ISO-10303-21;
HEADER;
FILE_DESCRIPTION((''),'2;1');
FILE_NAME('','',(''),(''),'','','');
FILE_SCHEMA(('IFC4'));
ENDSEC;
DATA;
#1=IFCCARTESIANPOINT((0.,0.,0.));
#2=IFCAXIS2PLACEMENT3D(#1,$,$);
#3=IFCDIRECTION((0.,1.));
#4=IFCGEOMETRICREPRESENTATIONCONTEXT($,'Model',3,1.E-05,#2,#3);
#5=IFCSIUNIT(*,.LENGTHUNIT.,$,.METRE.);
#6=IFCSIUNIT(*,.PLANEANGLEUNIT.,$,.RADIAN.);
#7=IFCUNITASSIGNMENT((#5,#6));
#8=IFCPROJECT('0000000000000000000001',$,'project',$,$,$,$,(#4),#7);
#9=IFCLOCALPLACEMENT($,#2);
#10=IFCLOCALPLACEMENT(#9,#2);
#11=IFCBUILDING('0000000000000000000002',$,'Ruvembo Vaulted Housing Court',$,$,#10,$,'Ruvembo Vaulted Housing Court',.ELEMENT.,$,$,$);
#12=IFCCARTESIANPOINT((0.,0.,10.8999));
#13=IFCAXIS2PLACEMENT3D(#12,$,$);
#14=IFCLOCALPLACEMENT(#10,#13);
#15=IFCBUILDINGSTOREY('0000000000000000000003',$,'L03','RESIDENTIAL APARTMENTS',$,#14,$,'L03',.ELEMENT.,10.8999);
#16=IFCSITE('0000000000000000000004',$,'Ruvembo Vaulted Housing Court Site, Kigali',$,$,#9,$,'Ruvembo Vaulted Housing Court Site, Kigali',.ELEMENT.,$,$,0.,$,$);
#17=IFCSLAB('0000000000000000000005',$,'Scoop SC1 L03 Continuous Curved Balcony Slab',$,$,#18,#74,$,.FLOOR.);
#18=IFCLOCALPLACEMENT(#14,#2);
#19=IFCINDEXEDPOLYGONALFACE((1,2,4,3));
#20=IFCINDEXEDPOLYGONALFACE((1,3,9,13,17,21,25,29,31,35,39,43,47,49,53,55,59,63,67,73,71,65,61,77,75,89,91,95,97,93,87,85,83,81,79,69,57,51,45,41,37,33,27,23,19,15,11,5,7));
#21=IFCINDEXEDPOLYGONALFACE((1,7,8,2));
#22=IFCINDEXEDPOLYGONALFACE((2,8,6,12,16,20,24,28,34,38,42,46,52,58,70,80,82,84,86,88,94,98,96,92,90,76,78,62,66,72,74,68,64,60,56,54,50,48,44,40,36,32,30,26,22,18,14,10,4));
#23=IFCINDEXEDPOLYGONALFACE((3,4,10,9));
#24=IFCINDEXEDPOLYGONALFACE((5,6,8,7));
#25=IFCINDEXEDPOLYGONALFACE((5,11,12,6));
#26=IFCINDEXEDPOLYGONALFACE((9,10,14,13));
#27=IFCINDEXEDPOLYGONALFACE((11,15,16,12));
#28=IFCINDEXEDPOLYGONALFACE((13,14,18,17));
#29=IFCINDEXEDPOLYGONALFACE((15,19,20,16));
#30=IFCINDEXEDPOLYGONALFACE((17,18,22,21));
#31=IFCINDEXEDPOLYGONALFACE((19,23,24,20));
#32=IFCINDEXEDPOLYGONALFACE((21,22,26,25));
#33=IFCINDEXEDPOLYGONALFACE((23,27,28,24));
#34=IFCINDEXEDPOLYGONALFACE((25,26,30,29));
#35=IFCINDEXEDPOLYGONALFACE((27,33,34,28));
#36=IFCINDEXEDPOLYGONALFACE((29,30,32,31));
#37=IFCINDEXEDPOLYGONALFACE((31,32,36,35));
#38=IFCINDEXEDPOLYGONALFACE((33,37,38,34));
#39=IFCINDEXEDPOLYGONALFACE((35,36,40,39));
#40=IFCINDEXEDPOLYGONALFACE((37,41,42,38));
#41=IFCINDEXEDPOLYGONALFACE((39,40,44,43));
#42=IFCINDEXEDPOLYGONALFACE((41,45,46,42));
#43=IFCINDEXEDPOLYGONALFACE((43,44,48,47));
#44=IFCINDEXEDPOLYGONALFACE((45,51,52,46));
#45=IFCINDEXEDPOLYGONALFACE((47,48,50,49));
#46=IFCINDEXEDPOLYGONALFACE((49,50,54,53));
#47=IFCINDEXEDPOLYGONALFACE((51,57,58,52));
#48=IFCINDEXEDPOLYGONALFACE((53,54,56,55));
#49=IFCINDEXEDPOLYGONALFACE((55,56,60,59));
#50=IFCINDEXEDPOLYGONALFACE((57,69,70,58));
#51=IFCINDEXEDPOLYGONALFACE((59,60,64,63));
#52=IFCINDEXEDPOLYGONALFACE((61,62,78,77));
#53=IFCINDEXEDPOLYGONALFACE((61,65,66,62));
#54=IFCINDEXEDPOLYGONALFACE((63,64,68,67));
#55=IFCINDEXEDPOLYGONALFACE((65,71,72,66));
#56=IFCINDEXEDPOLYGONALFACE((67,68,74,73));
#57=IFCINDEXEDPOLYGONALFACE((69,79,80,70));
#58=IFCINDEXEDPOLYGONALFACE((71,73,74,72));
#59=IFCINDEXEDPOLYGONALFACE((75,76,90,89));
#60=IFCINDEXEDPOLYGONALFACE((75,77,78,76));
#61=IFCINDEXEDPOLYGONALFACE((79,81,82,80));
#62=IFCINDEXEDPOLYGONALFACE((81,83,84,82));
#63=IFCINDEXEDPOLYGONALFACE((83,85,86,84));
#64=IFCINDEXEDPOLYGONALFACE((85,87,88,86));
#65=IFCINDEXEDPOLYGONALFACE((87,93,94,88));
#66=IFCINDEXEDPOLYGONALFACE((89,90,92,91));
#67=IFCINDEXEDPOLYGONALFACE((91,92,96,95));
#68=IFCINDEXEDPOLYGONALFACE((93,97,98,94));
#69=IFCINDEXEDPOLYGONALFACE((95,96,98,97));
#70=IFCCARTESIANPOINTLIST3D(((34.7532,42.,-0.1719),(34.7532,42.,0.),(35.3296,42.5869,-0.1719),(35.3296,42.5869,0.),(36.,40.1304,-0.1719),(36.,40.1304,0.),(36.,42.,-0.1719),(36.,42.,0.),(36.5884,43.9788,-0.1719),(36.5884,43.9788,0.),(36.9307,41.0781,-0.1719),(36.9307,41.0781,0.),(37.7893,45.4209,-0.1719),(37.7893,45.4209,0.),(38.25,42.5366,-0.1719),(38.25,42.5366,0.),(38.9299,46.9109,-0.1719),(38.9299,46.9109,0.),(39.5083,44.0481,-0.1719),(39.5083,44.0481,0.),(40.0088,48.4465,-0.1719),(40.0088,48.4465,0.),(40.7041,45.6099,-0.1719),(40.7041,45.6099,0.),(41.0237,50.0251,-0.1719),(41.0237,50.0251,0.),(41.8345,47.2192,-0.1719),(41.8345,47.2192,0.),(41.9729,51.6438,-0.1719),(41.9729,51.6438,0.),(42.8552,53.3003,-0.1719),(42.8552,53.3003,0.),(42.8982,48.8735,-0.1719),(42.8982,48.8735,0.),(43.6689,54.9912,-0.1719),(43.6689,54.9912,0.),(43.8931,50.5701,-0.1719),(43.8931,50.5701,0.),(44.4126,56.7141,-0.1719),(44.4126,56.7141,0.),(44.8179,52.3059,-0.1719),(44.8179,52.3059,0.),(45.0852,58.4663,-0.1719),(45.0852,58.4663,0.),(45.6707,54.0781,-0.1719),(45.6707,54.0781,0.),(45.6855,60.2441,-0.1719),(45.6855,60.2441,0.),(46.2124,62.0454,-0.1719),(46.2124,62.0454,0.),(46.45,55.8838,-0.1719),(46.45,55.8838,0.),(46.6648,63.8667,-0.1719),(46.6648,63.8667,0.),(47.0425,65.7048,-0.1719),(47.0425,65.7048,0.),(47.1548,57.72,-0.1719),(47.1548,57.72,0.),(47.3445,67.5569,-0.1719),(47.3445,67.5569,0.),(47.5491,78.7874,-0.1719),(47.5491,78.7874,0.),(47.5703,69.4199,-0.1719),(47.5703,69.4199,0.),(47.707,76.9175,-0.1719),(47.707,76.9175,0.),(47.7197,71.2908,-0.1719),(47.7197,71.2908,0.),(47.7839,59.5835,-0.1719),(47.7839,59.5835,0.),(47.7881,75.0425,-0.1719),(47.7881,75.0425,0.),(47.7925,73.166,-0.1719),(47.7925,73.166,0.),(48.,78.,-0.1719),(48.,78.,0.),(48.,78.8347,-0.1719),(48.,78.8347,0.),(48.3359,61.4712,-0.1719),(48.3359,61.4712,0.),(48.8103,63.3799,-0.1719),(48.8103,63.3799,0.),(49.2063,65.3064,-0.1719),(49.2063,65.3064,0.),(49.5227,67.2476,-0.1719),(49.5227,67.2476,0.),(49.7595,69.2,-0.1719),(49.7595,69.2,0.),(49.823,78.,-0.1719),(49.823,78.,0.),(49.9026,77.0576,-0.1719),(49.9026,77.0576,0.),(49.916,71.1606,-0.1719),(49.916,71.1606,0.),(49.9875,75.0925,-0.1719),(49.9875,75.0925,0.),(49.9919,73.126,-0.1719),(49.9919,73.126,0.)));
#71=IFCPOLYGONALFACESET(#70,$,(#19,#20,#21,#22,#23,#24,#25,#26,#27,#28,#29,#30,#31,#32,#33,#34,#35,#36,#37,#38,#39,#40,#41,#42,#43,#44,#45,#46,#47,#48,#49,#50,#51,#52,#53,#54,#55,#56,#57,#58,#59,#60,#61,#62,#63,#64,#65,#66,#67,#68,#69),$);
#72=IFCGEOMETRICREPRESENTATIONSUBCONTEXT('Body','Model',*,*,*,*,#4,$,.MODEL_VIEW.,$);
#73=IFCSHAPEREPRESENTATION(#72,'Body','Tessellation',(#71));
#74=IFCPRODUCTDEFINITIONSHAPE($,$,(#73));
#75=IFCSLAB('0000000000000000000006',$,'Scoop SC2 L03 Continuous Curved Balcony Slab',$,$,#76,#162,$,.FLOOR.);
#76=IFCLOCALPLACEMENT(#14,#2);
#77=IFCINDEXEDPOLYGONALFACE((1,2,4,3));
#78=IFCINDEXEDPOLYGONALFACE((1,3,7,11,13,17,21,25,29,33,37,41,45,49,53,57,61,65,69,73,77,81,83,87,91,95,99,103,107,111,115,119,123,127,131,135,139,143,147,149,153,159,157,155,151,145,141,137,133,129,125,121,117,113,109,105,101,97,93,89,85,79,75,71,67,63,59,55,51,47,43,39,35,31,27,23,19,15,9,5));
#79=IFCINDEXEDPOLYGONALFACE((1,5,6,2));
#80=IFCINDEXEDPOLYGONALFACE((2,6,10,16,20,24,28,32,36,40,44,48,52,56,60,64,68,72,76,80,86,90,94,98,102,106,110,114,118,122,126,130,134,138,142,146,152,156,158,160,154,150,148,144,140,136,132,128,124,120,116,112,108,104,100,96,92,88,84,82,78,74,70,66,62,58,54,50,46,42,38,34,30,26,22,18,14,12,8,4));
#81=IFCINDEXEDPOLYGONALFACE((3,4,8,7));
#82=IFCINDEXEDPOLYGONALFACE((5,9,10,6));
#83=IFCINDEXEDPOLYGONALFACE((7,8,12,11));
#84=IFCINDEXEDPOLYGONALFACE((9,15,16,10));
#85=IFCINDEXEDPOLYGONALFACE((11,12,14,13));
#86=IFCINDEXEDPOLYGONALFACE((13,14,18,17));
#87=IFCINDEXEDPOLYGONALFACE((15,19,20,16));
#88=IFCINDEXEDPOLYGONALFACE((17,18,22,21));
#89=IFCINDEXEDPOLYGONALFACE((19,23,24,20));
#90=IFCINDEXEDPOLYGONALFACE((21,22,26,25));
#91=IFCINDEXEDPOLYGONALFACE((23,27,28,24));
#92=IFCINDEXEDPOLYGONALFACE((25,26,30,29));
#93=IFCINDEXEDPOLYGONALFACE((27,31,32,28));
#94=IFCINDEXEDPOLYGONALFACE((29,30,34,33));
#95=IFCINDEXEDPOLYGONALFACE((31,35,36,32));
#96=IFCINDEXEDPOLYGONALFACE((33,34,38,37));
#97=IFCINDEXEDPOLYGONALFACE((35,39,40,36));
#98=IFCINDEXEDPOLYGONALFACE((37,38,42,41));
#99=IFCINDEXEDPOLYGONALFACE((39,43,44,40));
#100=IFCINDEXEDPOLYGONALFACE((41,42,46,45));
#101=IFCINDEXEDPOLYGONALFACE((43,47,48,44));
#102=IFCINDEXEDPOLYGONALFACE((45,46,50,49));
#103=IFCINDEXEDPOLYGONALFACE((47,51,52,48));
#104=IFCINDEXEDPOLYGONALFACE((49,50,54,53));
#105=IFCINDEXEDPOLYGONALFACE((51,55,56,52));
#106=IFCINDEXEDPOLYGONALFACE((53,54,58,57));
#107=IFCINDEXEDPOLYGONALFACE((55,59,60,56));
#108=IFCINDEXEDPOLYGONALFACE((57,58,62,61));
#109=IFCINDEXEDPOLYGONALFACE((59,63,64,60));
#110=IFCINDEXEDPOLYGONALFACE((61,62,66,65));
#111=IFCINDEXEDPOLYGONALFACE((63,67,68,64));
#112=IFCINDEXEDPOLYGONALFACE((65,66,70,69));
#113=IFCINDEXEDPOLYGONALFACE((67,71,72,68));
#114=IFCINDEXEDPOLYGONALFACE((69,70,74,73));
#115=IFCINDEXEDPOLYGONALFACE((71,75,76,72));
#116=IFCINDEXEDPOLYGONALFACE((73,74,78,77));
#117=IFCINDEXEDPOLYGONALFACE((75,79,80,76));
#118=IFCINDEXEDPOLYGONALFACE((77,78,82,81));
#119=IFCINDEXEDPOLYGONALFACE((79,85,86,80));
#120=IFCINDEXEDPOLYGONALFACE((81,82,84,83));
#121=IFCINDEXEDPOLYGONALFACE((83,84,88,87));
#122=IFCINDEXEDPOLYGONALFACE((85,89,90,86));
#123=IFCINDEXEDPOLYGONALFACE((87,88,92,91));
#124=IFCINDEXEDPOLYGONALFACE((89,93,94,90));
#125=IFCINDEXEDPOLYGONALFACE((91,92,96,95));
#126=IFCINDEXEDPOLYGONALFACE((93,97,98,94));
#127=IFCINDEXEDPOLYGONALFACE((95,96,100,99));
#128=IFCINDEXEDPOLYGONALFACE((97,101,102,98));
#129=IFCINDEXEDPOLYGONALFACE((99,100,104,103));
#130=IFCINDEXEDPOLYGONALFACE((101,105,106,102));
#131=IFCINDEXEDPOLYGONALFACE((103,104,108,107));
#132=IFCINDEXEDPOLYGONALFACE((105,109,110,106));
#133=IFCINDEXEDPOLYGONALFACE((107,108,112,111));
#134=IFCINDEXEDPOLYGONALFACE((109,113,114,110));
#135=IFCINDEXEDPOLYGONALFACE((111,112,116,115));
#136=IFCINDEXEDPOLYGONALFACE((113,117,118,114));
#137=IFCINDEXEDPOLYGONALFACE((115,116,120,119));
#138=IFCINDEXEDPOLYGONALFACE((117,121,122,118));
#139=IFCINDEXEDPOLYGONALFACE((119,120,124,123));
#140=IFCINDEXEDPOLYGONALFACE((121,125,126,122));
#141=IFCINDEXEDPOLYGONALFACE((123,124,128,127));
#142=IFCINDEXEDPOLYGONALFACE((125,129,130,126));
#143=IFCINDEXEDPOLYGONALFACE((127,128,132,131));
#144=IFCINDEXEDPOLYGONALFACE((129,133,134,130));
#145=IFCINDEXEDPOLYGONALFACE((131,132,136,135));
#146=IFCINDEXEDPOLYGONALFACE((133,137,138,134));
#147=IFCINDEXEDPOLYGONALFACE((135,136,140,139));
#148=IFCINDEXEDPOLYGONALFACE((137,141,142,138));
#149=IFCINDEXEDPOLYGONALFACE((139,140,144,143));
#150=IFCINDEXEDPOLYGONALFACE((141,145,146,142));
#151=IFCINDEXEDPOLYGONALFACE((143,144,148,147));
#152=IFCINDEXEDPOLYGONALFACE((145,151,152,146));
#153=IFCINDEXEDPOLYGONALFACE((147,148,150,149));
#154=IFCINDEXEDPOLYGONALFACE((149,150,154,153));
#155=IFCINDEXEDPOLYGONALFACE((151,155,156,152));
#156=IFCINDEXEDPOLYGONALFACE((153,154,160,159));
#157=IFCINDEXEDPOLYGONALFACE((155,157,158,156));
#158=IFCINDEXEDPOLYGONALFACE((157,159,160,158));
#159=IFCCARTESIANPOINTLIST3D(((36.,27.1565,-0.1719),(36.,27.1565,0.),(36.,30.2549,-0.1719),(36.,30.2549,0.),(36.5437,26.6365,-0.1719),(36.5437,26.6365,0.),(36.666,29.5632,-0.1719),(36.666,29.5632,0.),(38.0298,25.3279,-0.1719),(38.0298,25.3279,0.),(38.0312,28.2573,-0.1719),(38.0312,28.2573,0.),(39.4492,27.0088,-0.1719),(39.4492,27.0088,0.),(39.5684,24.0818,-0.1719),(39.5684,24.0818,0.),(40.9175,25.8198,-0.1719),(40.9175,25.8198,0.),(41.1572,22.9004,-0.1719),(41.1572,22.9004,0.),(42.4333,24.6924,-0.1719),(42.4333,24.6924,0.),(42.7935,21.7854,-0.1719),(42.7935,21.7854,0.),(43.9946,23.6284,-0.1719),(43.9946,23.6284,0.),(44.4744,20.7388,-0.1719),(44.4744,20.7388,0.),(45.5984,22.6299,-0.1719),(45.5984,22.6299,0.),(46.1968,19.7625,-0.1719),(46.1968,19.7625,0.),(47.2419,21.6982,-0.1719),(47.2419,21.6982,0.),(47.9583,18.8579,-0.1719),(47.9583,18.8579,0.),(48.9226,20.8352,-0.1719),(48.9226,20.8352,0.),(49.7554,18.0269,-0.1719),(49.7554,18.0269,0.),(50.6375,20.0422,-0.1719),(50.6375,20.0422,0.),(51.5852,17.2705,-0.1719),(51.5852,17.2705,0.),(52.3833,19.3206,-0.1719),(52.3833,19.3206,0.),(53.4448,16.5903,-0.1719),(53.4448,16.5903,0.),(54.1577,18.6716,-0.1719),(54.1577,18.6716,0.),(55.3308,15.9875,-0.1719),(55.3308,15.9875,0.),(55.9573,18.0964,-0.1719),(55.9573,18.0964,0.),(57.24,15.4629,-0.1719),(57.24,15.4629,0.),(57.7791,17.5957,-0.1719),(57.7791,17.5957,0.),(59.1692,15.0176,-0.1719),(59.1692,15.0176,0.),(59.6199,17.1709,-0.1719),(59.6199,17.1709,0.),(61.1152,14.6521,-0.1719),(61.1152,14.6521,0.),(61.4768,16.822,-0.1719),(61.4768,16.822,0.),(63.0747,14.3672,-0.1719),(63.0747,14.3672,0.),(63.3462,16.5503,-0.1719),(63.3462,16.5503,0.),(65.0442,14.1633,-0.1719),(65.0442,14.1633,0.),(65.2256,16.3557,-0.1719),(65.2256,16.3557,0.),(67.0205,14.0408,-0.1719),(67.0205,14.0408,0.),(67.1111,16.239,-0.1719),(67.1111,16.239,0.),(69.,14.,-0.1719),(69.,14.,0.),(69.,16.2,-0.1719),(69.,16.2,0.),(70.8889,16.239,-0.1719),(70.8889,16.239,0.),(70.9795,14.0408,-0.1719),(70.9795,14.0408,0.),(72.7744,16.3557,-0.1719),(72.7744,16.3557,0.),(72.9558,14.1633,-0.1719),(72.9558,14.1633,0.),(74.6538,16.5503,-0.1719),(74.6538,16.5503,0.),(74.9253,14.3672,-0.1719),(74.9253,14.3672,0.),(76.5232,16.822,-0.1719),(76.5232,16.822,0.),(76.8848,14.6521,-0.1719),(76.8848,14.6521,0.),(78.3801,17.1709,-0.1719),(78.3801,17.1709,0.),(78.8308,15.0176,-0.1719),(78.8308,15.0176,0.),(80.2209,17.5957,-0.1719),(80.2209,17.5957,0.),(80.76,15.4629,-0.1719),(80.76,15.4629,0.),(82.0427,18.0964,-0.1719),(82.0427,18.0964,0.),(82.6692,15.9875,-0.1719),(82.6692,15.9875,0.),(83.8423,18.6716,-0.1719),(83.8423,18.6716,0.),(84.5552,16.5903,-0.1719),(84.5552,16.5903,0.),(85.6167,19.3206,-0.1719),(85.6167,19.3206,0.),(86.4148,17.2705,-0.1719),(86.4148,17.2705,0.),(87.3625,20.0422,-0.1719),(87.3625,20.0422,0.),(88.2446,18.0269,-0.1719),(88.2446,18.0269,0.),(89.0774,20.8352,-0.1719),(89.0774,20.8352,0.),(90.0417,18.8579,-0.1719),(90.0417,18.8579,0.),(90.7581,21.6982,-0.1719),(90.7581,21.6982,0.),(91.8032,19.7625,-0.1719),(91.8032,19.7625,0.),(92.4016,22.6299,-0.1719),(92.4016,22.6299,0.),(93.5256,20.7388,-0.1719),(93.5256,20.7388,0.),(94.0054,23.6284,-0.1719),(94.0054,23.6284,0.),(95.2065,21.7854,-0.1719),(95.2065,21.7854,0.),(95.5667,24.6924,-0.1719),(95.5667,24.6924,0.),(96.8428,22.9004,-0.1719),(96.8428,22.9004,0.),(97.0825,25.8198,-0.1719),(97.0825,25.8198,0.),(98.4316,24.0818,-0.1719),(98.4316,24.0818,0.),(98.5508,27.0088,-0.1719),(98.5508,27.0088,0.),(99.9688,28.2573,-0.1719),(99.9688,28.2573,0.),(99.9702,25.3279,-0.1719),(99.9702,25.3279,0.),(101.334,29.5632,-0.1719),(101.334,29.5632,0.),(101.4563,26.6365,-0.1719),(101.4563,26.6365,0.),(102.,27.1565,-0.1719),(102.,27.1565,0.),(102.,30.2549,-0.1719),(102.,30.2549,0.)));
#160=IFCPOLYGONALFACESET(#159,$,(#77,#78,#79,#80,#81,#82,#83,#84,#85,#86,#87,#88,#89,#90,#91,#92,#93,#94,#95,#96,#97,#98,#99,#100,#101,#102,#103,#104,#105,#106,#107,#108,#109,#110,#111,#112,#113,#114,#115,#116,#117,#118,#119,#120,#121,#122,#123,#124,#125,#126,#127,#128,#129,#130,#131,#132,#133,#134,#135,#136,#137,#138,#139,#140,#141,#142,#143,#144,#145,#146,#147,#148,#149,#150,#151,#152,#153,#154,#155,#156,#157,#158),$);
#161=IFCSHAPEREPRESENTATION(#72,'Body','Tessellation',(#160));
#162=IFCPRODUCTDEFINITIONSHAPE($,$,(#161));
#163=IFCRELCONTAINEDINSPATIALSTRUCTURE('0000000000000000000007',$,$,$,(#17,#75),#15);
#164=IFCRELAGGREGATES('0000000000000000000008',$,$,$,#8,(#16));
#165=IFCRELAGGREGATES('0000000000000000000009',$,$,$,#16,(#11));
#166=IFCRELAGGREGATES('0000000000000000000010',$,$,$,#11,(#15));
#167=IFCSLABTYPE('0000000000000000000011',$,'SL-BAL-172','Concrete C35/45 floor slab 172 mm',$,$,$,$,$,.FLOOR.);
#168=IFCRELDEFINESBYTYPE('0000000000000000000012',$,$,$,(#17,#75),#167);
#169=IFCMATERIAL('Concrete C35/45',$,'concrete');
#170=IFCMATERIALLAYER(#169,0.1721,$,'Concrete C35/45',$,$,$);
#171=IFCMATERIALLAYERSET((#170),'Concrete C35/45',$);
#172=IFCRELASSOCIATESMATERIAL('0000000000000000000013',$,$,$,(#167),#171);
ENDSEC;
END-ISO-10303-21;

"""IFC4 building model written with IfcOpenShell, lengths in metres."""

from ifc_helpers import new_model, si_unit, direction, frame, origin, place, context, subcontext, project, spatial, polyline, outline, extrude, material, layer, layer_set, type_object, element, save


model = new_model("IFC4")

# Units and contexts
model_context = context("Model", 3, precision=1e-05, world=origin(), true_north=direction((0.0, 1.0)))
body_context = subcontext(model_context, "Body", "Model", "MODEL_VIEW")
ifc_project = project(units=[si_unit("LENGTHUNIT", "METRE"), si_unit("PLANEANGLEUNIT", "RADIAN")], contexts=[model_context])

# Site, building, storey
site_placement = place(None, origin())
site = spatial("IfcSite", under=ifc_project, at=site_placement, Name="Ruvembo Vaulted Housing Court Site, Kigali", LongName="Ruvembo Vaulted Housing Court Site, Kigali", CompositionType="ELEMENT", RefElevation=0.0)
building_placement = place(site_placement, origin())
building = spatial("IfcBuilding", under=site, at=building_placement, Name="Ruvembo Vaulted Housing Court", LongName="Ruvembo Vaulted Housing Court", CompositionType="ELEMENT")
storey_placement = place(building_placement, frame((0.0, 0.0, 10.8999)))
storey = spatial("IfcBuildingStorey", under=building, at=storey_placement, Name="L03", Description="RESIDENTIAL APARTMENTS", LongName="L03", CompositionType="ELEMENT", Elevation=10.8999)

# Slabs
ifc_material_1 = material(Name="Concrete C35/45", Category="concrete")
ifc_layer_1 = layer(ifc_material_1, 0.1721, Name="Concrete C35/45")
ifc_layer_set_1 = layer_set([ifc_layer_1], Name="Concrete C35/45")
slab_type_1 = type_object("IfcSlabType", Name="SL-BAL-172", Description="Concrete C35/45 floor slab 172 mm", PredefinedType="FLOOR", material=ifc_layer_set_1)
slab_1_placement = place(storey_placement, frame((0.0, 0.0, -0.1719)))
element("IfcSlab", 1, at=slab_1_placement, inside=storey, type_object=slab_type_1, Name="Scoop SC1 L03 Continuous Curved Balcony Slab", PredefinedType="FLOOR", context=body_context, shape_type="SweptSolid", body=[
    extrude(outline(polyline([(34.7532, 42.0), (36.0, 42.0), (36.0, 40.1304), (36.9307, 41.0781), (38.25, 42.5366), (39.5083, 44.0481), (40.7041, 45.6099), (41.8345, 47.2192), (42.8982, 48.8735), (43.8931, 50.5701), (44.8179, 52.3059), (45.6707, 54.0781), (46.45, 55.8838), (47.1548, 57.72), (47.7839, 59.5835), (48.3359, 61.4712), (48.8103, 63.3799), (49.2063, 65.3064), (49.5227, 67.2476), (49.7595, 69.2), (49.916, 71.1606), (49.9919, 73.126), (49.9875, 75.0925), (49.9026, 77.0576), (49.823, 78.0), (48.0, 78.0), (48.0, 78.8347), (47.5491, 78.7874), (47.707, 76.9175), (47.7881, 75.0425), (47.7925, 73.166), (47.7197, 71.2908), (47.5703, 69.4199), (47.3445, 67.5569), (47.0425, 65.7048), (46.6648, 63.8667), (46.2124, 62.0454), (45.6855, 60.2441), (45.0852, 58.4663), (44.4126, 56.7141), (43.6689, 54.9912), (42.8552, 53.3003), (41.9729, 51.6438), (41.0237, 50.0251), (40.0088, 48.4465), (38.9299, 46.9109), (37.7893, 45.4209), (36.5884, 43.9788), (35.3296, 42.5869), (34.7532, 42.0)])), origin(), (0.0, 0.0, 1.0), 0.1719),
])
slab_2_placement = place(storey_placement, frame((0.0, 0.0, -0.1719)))
element("IfcSlab", 2, at=slab_2_placement, inside=storey, type_object=slab_type_1, Name="Scoop SC2 L03 Continuous Curved Balcony Slab", PredefinedType="FLOOR", context=body_context, shape_type="SweptSolid", body=[
    extrude(outline(polyline([(36.0, 30.2549), (36.0, 27.1565), (36.5437, 26.6365), (38.0298, 25.3279), (39.5684, 24.0818), (41.1572, 22.9004), (42.7935, 21.7854), (44.4744, 20.7388), (46.1968, 19.7625), (47.9583, 18.8579), (49.7554, 18.0269), (51.5852, 17.2705), (53.4448, 16.5903), (55.3308, 15.9875), (57.24, 15.4629), (59.1692, 15.0176), (61.1152, 14.6521), (63.0747, 14.3672), (65.0442, 14.1633), (67.0205, 14.0408), (69.0, 14.0), (70.9795, 14.0408), (72.9558, 14.1633), (74.9253, 14.3672), (76.8848, 14.6521), (78.8308, 15.0176), (80.76, 15.4629), (82.6692, 15.9875), (84.5552, 16.5903), (86.4148, 17.2705), (88.2446, 18.0269), (90.0417, 18.8579), (91.8032, 19.7625), (93.5256, 20.7388), (95.2065, 21.7854), (96.8428, 22.9004), (98.4316, 24.0818), (99.9702, 25.3279), (101.4563, 26.6365), (102.0, 27.1565), (102.0, 30.2549), (101.334, 29.5632), (99.9688, 28.2573), (98.5508, 27.0088), (97.0825, 25.8198), (95.5667, 24.6924), (94.0054, 23.6284), (92.4016, 22.6299), (90.7581, 21.6982), (89.0774, 20.8352), (87.3625, 20.0422), (85.6167, 19.3206), (83.8423, 18.6716), (82.0427, 18.0964), (80.2209, 17.5957), (78.3801, 17.1709), (76.5232, 16.822), (74.6538, 16.5503), (72.7744, 16.3557), (70.8889, 16.239), (69.0, 16.2), (67.1111, 16.239), (65.2256, 16.3557), (63.3462, 16.5503), (61.4768, 16.822), (59.6199, 17.1709), (57.7791, 17.5957), (55.9573, 18.0964), (54.1577, 18.6716), (52.3833, 19.3206), (50.6375, 20.0422), (48.9226, 20.8352), (47.2419, 21.6982), (45.5984, 22.6299), (43.9946, 23.6284), (42.4333, 24.6924), (40.9175, 25.8198), (39.4492, 27.0088), (38.0312, 28.2573), (36.666, 29.5632), (36.0, 30.2549)])), origin(), (0.0, 0.0, 1.0), 0.1719),
])

save(model, "model.ifc")
